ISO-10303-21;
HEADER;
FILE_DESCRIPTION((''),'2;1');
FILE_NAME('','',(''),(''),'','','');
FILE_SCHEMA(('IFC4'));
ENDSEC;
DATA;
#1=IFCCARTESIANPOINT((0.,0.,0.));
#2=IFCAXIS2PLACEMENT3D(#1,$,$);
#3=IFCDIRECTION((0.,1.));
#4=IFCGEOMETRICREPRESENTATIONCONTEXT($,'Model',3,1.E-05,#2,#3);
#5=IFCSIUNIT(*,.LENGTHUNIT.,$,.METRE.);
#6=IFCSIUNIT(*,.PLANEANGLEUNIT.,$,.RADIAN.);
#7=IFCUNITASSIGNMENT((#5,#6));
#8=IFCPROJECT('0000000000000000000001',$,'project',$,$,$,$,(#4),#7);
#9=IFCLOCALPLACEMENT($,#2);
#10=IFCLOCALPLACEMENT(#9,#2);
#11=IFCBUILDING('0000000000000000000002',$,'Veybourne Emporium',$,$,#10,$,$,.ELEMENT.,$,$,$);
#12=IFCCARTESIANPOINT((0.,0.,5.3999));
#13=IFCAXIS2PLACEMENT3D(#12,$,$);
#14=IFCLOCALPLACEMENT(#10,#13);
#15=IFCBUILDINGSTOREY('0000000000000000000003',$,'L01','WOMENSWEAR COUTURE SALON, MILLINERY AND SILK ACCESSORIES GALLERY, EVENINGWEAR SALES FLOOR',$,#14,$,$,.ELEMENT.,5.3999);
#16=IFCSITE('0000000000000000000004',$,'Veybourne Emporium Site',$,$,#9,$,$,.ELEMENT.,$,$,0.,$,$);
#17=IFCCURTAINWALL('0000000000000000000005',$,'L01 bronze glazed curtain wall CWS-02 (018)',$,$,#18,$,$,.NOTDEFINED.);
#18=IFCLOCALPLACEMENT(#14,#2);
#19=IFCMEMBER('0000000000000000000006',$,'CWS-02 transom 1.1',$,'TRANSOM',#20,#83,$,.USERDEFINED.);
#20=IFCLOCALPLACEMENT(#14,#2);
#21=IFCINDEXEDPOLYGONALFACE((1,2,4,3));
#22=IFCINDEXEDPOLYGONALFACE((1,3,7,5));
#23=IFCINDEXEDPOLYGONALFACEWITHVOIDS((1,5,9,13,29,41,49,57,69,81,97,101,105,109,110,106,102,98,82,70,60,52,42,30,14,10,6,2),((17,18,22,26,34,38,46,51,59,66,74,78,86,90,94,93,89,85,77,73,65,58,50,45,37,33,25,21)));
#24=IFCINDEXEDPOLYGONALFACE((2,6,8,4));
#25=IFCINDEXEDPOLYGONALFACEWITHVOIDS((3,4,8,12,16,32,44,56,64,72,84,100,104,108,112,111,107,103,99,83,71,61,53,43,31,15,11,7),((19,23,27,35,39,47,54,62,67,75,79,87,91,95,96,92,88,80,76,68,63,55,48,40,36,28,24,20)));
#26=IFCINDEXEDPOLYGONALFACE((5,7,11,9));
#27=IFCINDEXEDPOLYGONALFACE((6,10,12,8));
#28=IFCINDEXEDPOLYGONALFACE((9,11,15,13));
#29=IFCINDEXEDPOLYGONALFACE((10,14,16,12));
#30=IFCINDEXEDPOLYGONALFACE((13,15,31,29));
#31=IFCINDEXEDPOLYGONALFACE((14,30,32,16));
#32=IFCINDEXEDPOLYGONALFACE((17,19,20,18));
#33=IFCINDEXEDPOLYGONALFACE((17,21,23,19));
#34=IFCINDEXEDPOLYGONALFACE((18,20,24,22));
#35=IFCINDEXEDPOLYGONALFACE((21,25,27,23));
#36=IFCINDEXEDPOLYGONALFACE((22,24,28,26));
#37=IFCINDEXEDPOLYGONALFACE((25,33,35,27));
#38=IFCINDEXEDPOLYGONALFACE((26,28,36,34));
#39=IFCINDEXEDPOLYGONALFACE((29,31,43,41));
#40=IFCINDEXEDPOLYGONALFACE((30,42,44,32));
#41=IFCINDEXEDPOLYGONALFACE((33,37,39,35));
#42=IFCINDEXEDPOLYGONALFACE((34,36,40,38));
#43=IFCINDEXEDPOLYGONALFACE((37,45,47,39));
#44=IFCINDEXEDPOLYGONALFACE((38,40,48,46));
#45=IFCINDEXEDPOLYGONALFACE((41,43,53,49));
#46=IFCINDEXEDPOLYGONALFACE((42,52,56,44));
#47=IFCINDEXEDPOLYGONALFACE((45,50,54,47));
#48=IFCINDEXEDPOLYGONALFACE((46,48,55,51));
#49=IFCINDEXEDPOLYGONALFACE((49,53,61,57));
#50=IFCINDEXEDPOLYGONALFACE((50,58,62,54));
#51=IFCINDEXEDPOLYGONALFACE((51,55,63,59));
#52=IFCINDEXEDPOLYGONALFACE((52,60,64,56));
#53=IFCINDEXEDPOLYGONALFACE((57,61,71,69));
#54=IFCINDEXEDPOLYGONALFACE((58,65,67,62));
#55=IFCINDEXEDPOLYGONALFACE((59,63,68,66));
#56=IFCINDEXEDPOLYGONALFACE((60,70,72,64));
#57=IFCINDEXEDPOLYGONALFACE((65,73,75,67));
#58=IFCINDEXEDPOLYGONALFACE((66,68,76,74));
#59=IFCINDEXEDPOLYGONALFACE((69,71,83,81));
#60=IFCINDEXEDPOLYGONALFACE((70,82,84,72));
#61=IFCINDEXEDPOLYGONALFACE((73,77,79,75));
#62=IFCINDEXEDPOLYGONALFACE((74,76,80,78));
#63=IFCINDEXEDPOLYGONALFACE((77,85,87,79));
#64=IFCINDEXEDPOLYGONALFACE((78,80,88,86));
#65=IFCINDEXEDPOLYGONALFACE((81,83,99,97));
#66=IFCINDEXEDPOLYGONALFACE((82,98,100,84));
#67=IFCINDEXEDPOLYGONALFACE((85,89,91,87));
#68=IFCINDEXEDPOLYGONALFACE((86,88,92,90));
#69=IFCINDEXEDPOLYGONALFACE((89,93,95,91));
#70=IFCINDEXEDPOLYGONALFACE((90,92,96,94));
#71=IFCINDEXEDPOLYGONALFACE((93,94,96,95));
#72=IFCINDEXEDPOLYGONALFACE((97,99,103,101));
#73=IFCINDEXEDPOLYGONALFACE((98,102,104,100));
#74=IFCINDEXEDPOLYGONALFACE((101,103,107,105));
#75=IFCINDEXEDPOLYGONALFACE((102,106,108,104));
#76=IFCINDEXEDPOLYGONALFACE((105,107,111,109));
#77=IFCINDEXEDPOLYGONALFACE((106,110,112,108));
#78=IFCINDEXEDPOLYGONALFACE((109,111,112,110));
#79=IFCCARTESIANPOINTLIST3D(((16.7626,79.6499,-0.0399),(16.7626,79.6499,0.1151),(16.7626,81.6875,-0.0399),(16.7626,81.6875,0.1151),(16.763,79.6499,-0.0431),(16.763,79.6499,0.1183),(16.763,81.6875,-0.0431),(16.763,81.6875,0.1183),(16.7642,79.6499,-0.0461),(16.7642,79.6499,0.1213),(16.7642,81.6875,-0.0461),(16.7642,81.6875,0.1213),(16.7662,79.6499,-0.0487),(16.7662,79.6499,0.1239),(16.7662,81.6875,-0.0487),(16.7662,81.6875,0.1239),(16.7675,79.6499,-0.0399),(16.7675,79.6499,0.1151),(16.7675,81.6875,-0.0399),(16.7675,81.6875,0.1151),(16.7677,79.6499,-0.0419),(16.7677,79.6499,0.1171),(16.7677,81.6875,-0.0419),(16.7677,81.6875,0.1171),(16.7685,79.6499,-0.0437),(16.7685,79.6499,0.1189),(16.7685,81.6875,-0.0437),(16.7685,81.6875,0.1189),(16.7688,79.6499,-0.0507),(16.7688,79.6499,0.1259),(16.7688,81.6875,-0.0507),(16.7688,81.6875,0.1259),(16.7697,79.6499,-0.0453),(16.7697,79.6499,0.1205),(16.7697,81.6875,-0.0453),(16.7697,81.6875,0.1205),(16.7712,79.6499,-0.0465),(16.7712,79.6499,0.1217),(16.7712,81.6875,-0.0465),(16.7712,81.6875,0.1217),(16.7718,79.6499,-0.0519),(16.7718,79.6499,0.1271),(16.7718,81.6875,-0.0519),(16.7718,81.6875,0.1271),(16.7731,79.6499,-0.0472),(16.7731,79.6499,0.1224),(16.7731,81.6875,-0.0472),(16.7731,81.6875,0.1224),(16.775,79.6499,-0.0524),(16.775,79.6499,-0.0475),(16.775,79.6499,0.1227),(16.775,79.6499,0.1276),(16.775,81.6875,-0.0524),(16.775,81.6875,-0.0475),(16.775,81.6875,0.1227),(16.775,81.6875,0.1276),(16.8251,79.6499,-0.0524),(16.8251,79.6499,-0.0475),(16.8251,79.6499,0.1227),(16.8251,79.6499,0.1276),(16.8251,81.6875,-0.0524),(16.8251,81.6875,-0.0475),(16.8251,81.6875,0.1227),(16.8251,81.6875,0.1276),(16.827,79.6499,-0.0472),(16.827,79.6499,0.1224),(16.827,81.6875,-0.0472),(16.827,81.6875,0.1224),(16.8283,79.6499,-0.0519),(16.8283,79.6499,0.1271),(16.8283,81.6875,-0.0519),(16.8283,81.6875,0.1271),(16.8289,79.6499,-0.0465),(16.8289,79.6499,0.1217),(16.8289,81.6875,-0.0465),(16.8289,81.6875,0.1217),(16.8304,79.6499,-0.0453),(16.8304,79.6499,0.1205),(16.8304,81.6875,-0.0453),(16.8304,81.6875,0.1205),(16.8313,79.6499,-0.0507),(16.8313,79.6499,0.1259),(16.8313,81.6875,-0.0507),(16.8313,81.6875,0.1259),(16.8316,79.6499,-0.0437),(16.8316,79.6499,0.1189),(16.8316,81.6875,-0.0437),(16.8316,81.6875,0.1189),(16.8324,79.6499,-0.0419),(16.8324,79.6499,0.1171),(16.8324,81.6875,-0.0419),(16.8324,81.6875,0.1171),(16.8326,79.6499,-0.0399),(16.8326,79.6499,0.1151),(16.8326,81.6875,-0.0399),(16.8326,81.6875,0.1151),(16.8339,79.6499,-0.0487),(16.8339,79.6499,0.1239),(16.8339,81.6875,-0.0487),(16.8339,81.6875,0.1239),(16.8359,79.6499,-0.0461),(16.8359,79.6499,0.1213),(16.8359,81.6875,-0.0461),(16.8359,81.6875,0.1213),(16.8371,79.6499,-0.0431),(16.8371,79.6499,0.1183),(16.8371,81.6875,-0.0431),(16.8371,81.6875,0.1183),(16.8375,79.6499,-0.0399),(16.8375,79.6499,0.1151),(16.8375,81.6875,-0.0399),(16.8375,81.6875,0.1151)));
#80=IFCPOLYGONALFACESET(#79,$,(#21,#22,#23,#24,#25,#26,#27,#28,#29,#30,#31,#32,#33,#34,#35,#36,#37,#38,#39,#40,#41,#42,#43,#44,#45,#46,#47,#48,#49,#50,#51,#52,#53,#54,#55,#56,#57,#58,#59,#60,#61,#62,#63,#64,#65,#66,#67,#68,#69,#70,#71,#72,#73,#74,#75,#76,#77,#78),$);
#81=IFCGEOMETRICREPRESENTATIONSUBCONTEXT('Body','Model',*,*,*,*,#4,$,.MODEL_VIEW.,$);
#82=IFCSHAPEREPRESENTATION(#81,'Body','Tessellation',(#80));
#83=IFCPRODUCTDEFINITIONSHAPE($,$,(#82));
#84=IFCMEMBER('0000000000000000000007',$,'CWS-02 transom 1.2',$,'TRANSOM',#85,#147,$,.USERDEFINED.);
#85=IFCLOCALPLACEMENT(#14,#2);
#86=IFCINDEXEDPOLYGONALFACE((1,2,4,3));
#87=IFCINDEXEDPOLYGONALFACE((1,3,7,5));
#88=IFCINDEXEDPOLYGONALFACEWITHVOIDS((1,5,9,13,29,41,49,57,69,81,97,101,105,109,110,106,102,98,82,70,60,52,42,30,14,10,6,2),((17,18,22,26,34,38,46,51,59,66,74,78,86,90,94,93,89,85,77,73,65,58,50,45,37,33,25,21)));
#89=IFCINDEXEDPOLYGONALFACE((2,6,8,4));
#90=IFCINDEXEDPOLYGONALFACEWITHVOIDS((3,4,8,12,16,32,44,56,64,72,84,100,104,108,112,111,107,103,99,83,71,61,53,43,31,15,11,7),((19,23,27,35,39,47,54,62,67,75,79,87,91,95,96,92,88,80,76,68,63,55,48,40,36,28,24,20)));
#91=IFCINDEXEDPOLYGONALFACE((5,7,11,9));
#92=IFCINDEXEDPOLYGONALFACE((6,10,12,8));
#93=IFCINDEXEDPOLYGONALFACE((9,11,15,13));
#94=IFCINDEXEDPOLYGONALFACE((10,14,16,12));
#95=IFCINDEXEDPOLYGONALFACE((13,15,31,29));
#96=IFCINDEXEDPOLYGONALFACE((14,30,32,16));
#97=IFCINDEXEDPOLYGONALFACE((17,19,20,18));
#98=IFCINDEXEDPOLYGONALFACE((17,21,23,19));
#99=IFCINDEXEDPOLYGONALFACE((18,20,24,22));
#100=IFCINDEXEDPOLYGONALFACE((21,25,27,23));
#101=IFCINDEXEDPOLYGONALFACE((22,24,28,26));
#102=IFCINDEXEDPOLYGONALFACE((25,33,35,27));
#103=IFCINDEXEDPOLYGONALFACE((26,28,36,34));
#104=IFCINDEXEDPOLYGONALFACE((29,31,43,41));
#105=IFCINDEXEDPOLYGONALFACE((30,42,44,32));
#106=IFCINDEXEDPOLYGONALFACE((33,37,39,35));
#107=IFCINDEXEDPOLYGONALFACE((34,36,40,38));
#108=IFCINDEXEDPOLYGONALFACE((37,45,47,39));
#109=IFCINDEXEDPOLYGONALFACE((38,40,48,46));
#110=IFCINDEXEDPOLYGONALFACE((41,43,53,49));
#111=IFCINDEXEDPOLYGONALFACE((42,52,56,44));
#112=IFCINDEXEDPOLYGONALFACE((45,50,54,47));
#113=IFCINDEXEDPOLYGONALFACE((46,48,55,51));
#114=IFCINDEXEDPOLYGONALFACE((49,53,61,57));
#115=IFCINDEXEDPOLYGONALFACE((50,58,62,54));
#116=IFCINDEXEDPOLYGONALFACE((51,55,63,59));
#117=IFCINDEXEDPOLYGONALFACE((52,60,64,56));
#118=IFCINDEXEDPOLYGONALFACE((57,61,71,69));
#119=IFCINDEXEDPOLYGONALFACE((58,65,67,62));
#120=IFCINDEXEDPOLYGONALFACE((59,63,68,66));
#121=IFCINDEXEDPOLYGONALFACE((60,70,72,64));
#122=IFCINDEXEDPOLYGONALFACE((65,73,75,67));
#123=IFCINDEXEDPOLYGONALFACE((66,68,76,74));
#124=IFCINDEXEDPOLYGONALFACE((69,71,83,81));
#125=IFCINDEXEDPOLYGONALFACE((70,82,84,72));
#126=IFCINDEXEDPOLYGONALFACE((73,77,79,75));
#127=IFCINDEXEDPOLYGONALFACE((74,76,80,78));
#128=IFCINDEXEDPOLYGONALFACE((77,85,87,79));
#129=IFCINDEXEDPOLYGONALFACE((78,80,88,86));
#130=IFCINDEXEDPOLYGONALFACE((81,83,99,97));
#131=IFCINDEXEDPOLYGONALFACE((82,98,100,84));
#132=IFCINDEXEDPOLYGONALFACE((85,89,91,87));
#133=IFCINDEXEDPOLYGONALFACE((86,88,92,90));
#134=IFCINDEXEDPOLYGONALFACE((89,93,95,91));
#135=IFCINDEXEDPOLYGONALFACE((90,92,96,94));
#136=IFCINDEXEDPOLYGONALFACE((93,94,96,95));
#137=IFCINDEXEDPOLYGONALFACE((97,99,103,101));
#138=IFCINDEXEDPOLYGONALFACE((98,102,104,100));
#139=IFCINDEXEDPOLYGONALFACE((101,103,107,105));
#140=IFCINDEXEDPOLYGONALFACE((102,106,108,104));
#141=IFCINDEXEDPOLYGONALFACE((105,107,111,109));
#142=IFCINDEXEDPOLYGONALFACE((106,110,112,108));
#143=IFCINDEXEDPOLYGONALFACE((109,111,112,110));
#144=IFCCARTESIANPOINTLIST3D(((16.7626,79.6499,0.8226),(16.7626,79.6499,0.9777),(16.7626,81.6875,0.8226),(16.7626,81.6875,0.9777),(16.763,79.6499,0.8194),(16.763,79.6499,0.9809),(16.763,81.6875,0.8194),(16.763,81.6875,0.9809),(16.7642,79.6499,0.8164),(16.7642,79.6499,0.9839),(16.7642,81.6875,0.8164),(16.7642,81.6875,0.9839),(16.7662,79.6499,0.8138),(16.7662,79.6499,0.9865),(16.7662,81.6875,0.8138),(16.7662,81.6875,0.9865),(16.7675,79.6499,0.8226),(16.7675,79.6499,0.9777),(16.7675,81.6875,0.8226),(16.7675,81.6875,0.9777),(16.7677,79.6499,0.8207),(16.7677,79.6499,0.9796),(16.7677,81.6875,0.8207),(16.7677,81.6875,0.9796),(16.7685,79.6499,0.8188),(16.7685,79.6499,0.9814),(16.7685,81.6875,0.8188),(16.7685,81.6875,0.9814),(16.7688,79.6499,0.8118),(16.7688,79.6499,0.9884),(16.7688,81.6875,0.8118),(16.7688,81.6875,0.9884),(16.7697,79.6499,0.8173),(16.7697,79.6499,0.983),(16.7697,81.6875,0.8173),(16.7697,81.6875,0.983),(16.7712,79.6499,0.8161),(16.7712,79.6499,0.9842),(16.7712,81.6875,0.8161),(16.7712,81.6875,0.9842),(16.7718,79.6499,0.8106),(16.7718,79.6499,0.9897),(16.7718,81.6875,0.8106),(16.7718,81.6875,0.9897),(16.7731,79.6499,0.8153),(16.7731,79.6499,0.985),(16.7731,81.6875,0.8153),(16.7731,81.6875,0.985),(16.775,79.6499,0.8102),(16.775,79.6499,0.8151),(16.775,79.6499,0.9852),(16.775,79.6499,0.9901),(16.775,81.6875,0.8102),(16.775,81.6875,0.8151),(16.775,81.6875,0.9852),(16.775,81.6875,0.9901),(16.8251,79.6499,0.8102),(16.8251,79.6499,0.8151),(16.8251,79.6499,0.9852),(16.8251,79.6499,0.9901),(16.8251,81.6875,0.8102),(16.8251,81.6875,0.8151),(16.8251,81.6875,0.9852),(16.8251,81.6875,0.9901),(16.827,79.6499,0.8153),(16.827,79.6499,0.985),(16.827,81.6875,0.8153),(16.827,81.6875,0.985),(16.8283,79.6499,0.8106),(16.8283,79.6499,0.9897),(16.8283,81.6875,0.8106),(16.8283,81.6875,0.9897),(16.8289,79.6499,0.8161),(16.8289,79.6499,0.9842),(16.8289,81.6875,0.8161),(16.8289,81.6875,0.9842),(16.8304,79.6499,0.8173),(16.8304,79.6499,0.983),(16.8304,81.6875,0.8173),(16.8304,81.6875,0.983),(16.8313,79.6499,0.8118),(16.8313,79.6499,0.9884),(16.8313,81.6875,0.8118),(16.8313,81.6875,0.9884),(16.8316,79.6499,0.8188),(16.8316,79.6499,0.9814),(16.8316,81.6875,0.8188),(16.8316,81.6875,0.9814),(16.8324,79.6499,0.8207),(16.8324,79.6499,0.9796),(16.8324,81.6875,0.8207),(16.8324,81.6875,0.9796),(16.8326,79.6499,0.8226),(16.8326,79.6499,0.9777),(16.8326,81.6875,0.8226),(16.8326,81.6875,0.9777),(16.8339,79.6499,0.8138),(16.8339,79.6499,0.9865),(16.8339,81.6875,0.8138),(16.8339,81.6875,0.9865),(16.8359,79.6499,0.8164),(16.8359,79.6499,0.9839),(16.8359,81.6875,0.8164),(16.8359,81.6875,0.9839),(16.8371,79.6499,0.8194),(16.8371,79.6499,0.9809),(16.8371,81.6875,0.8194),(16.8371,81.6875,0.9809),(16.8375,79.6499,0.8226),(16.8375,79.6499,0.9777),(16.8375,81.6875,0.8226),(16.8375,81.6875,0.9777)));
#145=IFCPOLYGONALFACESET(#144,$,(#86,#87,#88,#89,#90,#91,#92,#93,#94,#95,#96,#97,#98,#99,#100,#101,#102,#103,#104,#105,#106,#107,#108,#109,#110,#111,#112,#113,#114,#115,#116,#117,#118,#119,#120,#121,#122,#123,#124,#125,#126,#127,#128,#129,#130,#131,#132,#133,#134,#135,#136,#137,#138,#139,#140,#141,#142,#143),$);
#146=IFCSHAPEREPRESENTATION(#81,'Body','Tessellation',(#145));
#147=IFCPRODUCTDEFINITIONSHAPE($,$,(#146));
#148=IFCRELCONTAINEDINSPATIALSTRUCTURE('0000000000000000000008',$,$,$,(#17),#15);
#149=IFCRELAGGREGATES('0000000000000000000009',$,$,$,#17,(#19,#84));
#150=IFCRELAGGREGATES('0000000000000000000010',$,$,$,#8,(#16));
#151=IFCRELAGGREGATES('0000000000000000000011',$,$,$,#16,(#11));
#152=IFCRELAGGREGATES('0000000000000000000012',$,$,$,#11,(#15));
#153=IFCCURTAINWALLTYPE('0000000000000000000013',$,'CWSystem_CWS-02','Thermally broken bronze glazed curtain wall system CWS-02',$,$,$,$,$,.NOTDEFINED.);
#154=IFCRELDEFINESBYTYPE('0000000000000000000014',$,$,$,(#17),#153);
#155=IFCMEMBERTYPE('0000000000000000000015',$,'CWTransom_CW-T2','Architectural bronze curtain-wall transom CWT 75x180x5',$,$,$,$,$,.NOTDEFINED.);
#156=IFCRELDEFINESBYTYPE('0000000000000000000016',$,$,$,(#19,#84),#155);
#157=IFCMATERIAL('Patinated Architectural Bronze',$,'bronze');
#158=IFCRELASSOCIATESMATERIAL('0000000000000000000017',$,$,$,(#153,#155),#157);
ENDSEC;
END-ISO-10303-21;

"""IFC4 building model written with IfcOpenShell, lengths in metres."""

from ifc_helpers import new_model, si_unit, direction, frame, origin, origin_2d, place, context, subcontext, project, spatial, hollow_rectangle, extrude, material, material_profile, profile_set, type_object, element, aggregate, save


model = new_model("IFC4")

# Units and contexts
model_context = context("Model", 3, precision=1e-05, world=origin(), true_north=direction((0.0, 1.0)))
body_context = subcontext(model_context, "Body", "Model", "MODEL_VIEW")
ifc_project = project(units=[si_unit("LENGTHUNIT", "METRE"), si_unit("PLANEANGLEUNIT", "RADIAN")], contexts=[model_context])

# Site, building, storey
site_placement = place(None, origin())
site = spatial("IfcSite", under=ifc_project, at=site_placement, Name="Veybourne Emporium Site", CompositionType="ELEMENT", RefElevation=0.0)
building_placement = place(site_placement, origin())
building = spatial("IfcBuilding", under=site, at=building_placement, Name="Veybourne Emporium", CompositionType="ELEMENT")
storey_placement = place(building_placement, frame((0.0, 0.0, 5.3999)))
storey = spatial("IfcBuildingStorey", under=building, at=storey_placement, Name="L01", Description="WOMENSWEAR COUTURE SALON, MILLINERY AND SILK ACCESSORIES GALLERY, EVENINGWEAR SALES FLOOR", CompositionType="ELEMENT", Elevation=5.3999)

# Curtain wall, members
ifc_material_1 = material(Name="Patinated Architectural Bronze", Category="bronze")
curtain_wall_type = type_object("IfcCurtainWallType", Name="CWSystem_CWS-02", Description="Thermally broken bronze glazed curtain wall system CWS-02", PredefinedType="NOTDEFINED", material=ifc_material_1)
curtain_wall_placement = place(storey_placement, origin())
curtain_wall = element("IfcCurtainWall", 1, at=curtain_wall_placement, inside=storey, type_object=curtain_wall_type, Name="L01 bronze glazed curtain wall CWS-02 (018)", PredefinedType="NOTDEFINED")
ifc_material_profile_1 = material_profile(ifc_material_1, hollow_rectangle(XDim=0.075, YDim=0.1799, WallThickness=0.0049, InnerFilletRadius=0.0076, OuterFilletRadius=0.0125, at=origin_2d()), Name="CWT 75x180x5")
ifc_profile_set_1 = profile_set([ifc_material_profile_1], Name="Patinated Architectural Bronze")
member_type_1 = type_object("IfcMemberType", Name="CWTransom_CW-T2", Description="Architectural bronze curtain-wall transom CWT 75x180x5", PredefinedType="NOTDEFINED", material=ifc_profile_set_1)
member_1_placement = place(storey_placement, frame((16.8, 79.6499, 0.0376), z_axis=(0.0, 1.0, 0.0), x_axis=(-1.0, 0.0, 0.0)))
member_1 = element("IfcMember", 2, at=member_1_placement, type_object=member_type_1, Name="CWS-02 transom 1.1", ObjectType="TRANSOM", PredefinedType="USERDEFINED", context=body_context, shape_type="SweptSolid", body=[
    extrude(hollow_rectangle(XDim=0.075, YDim=0.1799, WallThickness=0.0049, InnerFilletRadius=0.0076, OuterFilletRadius=0.0125, at=origin_2d()), origin(), (0.0, 0.0, 1.0), 2.0376),
])
member_2_placement = place(storey_placement, frame((16.8, 79.6499, 0.9001), z_axis=(0.0, 1.0, 0.0), x_axis=(-1.0, 0.0, 0.0)))
member_2 = element("IfcMember", 3, at=member_2_placement, type_object=member_type_1, Name="CWS-02 transom 1.2", ObjectType="TRANSOM", PredefinedType="USERDEFINED", context=body_context, shape_type="SweptSolid", body=[
    extrude(hollow_rectangle(XDim=0.075, YDim=0.1799, WallThickness=0.0049, InnerFilletRadius=0.0076, OuterFilletRadius=0.0125, at=origin_2d()), origin(), (0.0, 0.0, 1.0), 2.0376),
])

aggregate(curtain_wall, [member_1, member_2])

save(model, "model.ifc")
